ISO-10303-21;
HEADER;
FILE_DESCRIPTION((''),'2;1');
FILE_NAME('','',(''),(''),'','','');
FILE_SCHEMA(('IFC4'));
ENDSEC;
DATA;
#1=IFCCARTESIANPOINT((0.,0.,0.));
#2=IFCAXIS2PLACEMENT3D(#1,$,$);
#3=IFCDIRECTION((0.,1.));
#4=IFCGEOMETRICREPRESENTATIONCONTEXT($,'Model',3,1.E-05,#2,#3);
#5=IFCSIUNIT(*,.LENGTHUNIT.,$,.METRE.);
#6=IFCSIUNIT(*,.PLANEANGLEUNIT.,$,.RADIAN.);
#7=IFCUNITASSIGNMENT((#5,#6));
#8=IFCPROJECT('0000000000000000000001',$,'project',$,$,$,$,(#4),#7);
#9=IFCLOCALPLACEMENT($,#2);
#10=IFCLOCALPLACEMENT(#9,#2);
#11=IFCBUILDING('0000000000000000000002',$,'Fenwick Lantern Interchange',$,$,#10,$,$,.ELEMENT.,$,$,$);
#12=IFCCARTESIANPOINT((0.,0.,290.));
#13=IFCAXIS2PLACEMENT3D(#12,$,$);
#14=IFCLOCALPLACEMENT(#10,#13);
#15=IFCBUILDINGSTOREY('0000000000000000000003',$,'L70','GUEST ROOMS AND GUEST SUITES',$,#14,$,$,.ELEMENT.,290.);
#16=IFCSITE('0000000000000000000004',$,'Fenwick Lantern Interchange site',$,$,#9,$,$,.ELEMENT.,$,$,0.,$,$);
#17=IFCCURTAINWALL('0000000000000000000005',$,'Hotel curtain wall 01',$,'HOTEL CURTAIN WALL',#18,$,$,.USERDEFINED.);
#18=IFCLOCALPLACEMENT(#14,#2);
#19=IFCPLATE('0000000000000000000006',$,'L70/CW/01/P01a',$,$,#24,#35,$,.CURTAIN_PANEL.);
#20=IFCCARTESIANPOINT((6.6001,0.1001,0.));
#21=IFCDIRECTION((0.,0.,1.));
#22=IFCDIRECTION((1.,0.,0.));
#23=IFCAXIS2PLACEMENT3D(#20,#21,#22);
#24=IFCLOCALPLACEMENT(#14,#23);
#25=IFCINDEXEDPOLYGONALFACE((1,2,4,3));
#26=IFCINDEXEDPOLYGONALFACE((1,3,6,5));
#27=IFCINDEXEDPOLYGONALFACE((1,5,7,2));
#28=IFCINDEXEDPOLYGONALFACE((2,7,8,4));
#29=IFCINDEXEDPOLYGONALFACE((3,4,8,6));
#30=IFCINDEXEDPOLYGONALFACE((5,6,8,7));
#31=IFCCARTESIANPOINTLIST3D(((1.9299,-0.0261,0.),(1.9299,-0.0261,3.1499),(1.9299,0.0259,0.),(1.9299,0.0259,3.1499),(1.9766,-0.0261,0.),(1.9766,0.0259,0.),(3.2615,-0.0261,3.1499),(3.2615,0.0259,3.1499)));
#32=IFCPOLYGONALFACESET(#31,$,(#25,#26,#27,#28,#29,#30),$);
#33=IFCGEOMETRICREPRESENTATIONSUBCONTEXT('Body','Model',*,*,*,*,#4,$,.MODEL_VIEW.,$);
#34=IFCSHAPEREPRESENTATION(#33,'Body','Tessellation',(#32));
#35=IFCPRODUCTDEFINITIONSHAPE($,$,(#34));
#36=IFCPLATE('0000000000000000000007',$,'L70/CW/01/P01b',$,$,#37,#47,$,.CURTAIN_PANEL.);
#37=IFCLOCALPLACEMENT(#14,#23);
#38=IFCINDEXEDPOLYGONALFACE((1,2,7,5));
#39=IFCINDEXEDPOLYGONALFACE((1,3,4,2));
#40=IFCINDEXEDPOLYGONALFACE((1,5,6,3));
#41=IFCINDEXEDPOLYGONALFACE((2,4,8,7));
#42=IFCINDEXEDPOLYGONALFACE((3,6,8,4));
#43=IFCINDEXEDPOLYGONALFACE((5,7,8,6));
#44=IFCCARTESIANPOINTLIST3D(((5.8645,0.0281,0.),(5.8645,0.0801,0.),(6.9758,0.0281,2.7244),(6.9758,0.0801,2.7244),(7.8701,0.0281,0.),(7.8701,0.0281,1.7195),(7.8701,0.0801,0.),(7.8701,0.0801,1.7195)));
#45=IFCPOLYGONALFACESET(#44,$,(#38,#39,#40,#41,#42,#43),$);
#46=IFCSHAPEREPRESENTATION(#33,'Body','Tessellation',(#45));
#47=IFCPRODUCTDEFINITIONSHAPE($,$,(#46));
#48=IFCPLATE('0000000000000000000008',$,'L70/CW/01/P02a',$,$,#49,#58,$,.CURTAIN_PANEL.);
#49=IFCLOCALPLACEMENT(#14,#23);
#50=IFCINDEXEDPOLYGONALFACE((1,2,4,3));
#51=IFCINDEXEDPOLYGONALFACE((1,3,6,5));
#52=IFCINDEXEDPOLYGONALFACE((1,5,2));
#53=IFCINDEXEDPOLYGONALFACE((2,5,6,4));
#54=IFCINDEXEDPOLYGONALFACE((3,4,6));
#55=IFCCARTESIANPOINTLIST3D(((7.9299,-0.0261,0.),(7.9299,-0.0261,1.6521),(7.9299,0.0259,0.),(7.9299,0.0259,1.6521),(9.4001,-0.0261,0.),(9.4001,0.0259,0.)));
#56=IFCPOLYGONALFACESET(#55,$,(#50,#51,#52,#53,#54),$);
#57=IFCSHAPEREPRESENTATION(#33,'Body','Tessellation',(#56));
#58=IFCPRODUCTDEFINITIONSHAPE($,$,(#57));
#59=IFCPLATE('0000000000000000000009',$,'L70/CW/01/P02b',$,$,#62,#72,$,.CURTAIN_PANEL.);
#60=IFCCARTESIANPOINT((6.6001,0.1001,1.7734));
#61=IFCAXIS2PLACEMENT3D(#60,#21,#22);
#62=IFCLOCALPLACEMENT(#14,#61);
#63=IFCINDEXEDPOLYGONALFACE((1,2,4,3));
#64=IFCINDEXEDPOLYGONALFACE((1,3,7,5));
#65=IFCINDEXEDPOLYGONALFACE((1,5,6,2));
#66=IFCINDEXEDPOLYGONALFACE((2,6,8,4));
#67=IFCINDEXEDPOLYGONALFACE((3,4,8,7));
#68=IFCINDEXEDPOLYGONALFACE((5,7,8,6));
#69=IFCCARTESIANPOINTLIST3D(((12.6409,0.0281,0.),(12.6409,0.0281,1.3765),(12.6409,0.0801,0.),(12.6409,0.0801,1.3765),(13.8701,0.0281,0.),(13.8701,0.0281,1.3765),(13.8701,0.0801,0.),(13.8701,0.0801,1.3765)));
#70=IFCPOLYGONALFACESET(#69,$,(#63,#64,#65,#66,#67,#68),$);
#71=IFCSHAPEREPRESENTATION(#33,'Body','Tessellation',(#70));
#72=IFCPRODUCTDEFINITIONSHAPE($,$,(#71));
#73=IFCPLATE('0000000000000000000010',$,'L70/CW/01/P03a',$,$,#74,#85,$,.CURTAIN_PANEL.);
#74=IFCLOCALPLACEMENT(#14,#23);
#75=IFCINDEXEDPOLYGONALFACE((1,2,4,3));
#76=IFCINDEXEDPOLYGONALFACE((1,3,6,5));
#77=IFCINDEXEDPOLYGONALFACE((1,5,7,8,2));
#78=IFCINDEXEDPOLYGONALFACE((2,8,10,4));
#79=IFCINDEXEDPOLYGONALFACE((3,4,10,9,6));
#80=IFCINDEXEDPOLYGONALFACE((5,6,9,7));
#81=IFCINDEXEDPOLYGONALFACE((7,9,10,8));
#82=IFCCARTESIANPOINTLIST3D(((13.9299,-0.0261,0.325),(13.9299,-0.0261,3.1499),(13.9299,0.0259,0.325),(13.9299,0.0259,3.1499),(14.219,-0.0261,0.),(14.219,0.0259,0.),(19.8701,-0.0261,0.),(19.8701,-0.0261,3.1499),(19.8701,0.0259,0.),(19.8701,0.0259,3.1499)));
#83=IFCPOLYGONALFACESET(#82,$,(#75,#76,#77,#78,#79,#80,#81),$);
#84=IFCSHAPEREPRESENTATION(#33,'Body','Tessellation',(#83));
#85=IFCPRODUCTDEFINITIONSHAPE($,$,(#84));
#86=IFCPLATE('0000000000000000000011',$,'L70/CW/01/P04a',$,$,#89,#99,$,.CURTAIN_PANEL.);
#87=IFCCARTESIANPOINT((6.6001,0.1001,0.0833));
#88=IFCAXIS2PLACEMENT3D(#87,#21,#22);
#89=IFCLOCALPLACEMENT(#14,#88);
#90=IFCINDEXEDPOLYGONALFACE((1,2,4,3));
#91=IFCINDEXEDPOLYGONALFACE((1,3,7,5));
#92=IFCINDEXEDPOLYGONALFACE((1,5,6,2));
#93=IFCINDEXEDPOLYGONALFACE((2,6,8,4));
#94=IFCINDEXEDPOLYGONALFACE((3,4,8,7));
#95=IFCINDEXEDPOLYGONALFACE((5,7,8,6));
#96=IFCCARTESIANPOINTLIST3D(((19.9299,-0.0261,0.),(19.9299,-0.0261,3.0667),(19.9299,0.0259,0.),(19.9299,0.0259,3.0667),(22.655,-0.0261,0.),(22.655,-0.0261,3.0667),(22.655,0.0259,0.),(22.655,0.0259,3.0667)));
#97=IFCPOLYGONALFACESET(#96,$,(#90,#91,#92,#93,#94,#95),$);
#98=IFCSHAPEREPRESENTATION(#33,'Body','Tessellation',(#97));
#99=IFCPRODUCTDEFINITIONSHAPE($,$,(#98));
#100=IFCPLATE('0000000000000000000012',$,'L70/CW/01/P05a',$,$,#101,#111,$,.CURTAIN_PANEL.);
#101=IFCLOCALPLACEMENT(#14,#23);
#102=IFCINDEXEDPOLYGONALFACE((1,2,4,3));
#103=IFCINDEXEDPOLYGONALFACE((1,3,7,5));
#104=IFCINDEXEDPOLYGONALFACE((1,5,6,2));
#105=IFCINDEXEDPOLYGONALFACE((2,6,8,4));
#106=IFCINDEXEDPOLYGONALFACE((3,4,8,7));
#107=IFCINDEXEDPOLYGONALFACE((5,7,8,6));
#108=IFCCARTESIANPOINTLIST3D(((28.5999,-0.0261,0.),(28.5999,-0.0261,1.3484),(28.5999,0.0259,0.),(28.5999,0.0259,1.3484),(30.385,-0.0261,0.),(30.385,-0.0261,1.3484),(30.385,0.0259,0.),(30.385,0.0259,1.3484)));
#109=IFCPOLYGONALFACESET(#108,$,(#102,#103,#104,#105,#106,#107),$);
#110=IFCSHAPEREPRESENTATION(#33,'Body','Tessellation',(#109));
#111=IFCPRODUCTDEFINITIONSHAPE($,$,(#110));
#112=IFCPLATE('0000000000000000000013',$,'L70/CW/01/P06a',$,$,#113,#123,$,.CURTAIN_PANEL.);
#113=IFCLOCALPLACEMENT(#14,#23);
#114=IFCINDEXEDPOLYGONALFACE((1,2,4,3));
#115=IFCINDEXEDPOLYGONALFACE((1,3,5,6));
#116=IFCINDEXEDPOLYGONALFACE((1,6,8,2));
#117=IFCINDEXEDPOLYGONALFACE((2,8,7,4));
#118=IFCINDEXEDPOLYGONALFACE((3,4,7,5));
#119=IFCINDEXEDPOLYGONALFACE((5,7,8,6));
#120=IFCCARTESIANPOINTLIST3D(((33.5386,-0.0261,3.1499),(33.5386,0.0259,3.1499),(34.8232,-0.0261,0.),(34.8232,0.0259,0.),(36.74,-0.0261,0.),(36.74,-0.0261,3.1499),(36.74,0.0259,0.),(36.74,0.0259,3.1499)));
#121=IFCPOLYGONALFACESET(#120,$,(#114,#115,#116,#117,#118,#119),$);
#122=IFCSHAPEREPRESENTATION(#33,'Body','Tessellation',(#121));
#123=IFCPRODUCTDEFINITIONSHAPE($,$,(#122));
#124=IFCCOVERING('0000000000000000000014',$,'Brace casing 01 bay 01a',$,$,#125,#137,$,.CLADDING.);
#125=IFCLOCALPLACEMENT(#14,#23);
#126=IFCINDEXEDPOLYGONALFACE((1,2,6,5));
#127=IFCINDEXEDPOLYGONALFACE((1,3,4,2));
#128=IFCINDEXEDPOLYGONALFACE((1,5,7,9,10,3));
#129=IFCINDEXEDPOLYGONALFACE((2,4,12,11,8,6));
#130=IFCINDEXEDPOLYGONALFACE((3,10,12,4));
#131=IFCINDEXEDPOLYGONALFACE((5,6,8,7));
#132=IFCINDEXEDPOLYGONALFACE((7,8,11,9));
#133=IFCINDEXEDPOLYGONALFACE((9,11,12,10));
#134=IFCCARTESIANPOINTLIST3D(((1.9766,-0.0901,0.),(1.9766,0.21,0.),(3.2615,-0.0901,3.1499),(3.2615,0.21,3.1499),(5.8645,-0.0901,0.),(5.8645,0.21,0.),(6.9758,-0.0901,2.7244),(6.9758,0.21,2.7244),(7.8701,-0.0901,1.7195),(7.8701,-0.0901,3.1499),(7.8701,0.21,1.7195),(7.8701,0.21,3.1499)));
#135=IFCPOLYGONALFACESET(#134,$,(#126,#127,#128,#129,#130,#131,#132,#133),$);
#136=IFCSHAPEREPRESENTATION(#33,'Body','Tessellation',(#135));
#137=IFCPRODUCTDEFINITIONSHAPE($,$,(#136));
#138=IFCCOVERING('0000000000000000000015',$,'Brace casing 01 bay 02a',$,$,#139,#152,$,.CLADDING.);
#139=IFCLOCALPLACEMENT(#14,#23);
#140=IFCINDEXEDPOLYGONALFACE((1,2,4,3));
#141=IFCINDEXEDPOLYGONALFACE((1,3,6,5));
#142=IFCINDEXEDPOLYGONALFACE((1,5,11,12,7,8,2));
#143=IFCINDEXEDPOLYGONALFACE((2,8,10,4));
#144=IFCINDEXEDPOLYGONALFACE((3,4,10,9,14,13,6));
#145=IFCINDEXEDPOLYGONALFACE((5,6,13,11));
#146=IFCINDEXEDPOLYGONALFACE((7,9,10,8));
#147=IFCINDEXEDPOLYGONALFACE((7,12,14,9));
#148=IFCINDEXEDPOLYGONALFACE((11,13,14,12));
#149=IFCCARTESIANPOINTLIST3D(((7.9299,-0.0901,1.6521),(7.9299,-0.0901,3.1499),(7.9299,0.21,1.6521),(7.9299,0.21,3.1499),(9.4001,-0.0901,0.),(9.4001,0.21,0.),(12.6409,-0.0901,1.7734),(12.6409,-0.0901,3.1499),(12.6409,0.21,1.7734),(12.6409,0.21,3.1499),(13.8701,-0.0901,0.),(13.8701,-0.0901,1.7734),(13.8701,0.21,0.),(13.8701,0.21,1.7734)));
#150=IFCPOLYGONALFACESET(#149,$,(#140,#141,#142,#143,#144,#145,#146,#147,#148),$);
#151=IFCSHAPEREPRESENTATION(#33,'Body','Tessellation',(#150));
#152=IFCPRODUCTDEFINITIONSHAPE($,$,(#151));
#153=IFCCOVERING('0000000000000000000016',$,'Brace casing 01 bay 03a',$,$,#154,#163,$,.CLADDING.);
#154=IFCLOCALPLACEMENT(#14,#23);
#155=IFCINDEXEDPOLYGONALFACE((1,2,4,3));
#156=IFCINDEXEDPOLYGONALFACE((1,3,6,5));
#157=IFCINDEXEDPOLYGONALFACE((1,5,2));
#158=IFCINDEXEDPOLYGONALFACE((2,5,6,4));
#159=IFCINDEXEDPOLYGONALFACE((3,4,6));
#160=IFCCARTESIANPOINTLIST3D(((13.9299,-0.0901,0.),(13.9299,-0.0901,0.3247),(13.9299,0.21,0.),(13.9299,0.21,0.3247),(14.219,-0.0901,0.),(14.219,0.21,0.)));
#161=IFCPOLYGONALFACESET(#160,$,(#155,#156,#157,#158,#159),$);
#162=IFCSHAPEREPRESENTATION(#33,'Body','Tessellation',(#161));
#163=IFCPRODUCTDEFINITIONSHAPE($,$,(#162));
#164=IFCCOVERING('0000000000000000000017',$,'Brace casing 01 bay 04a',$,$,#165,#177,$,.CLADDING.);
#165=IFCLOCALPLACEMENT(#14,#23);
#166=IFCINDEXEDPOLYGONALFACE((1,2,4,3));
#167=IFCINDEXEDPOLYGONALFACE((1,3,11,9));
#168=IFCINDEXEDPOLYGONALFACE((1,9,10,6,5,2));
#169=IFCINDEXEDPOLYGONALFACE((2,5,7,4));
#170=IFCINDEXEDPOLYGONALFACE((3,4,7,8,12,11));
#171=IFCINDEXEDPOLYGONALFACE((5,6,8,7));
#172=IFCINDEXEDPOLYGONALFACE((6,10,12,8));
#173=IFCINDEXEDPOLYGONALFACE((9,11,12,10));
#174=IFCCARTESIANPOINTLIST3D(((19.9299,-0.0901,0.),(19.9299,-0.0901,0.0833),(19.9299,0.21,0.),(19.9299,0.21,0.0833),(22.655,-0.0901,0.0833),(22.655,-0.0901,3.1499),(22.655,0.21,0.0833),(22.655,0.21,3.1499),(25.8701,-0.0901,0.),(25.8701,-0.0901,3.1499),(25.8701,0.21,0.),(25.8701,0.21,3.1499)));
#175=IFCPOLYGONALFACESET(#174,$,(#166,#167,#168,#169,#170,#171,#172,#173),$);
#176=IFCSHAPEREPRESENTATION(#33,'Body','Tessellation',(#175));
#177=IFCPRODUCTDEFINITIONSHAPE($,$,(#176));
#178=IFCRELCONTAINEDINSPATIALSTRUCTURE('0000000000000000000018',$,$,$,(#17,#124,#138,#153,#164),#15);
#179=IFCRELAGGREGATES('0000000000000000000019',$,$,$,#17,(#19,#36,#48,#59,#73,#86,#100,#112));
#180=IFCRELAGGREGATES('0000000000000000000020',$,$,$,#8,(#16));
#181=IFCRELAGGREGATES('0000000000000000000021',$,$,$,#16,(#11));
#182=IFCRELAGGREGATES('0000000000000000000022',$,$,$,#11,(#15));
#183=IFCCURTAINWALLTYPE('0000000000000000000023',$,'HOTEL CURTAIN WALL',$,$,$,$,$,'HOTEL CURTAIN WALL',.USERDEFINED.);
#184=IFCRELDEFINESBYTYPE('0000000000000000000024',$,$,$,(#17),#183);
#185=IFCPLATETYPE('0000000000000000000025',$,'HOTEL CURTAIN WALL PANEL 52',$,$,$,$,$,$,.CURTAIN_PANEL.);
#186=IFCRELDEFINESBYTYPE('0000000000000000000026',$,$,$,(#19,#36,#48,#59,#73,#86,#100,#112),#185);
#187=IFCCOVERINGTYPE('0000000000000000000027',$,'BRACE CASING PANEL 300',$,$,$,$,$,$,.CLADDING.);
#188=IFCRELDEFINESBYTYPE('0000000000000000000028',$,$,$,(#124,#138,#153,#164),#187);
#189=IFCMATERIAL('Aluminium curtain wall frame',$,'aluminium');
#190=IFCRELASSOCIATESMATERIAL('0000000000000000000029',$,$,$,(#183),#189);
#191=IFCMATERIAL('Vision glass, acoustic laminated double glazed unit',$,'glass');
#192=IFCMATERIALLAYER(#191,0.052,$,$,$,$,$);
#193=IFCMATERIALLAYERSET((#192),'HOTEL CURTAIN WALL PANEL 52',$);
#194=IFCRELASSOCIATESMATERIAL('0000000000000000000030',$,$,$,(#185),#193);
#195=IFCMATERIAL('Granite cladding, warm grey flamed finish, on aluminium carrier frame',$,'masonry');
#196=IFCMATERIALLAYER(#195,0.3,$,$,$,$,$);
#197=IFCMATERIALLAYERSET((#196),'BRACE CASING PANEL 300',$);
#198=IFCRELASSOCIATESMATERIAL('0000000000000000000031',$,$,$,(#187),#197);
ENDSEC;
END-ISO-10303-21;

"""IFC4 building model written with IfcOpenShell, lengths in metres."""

from ifc_helpers import new_model, si_unit, direction, frame, origin, place, context, subcontext, project, spatial, polyline, outline, extrude, material, layer, layer_set, type_object, element, aggregate, save


model = new_model("IFC4")

# Units and contexts
model_context = context("Model", 3, precision=1e-05, world=origin(), true_north=direction((0.0, 1.0)))
body_context = subcontext(model_context, "Body", "Model", "MODEL_VIEW")
ifc_project = project(units=[si_unit("LENGTHUNIT", "METRE"), si_unit("PLANEANGLEUNIT", "RADIAN")], contexts=[model_context])

# Site, building, storey
site_placement = place(None, origin())
site = spatial("IfcSite", under=ifc_project, at=site_placement, Name="Fenwick Lantern Interchange site", CompositionType="ELEMENT", RefElevation=0.0)
building_placement = place(site_placement, origin())
building = spatial("IfcBuilding", under=site, at=building_placement, Name="Fenwick Lantern Interchange", CompositionType="ELEMENT")
storey_placement = place(building_placement, frame((0.0, 0.0, 290.0)))
storey = spatial("IfcBuildingStorey", under=building, at=storey_placement, Name="L70", Description="GUEST ROOMS AND GUEST SUITES", CompositionType="ELEMENT", Elevation=290.0)

# Curtain wall
ifc_material_1 = material(Name="Aluminium curtain wall frame", Category="aluminium")
curtain_wall_type = type_object("IfcCurtainWallType", Name="HOTEL CURTAIN WALL", ElementType="HOTEL CURTAIN WALL", PredefinedType="USERDEFINED", material=ifc_material_1)
curtain_wall_1_placement = place(storey_placement, origin())
curtain_wall_1 = element("IfcCurtainWall", 1, at=curtain_wall_1_placement, inside=storey, type_object=curtain_wall_type, Name="Hotel curtain wall 01", ObjectType="HOTEL CURTAIN WALL", PredefinedType="USERDEFINED")

# Plates
ifc_material_2 = material(Name="Vision glass, acoustic laminated double glazed unit", Category="glass")
ifc_layer_1 = layer(ifc_material_2, 0.052)
ifc_layer_set_1 = layer_set([ifc_layer_1], Name="HOTEL CURTAIN WALL PANEL 52")
plate_type = type_object("IfcPlateType", Name="HOTEL CURTAIN WALL PANEL 52", PredefinedType="CURTAIN_PANEL", material=ifc_layer_set_1)
plate_1_placement = place(storey_placement, frame((6.6001, 0.1001, 0.0), z_axis=(0.0, 0.0, 1.0), x_axis=(1.0, 0.0, 0.0)))
plate_1 = element("IfcPlate", 2, at=plate_1_placement, type_object=plate_type, Name="L70/CW/01/P01a", PredefinedType="CURTAIN_PANEL", context=body_context, shape_type="SweptSolid", body=[
    extrude(outline(polyline([(1.9299, 0.0), (1.9766, 0.0), (3.2615, 3.1499), (1.9299, 3.1499), (1.9299, 0.0)])), frame((0.0, 0.0259, 0.0), z_axis=(0.0, -1.0, 0.0), x_axis=(1.0, 0.0, 0.0)), (0.0, 0.0, 1.0), 0.052),
])
plate_2_placement = place(storey_placement, frame((6.6001, 0.1001, 0.0), z_axis=(0.0, 0.0, 1.0), x_axis=(1.0, 0.0, 0.0)))
plate_2 = element("IfcPlate", 3, at=plate_2_placement, type_object=plate_type, Name="L70/CW/01/P01b", PredefinedType="CURTAIN_PANEL", context=body_context, shape_type="SweptSolid", body=[
    extrude(outline(polyline([(5.8645, 0.0), (7.8701, 0.0), (7.8701, 1.7195), (6.9758, 2.7244), (5.8645, 0.0)])), frame((0.0, 0.0801, 0.0), z_axis=(0.0, -1.0, 0.0), x_axis=(1.0, 0.0, 0.0)), (0.0, 0.0, 1.0), 0.052),
])
plate_3_placement = place(storey_placement, frame((6.6001, 0.1001, 0.0), z_axis=(0.0, 0.0, 1.0), x_axis=(1.0, 0.0, 0.0)))
plate_3 = element("IfcPlate", 4, at=plate_3_placement, type_object=plate_type, Name="L70/CW/01/P02a", PredefinedType="CURTAIN_PANEL", context=body_context, shape_type="SweptSolid", body=[
    extrude(outline(polyline([(7.9299, 0.0), (9.4001, 0.0), (7.9299, 1.6521), (7.9299, 0.0)])), frame((0.0, 0.0259, 0.0), z_axis=(0.0, -1.0, 0.0), x_axis=(1.0, 0.0, 0.0)), (0.0, 0.0, 1.0), 0.052),
])
plate_4_placement = place(storey_placement, frame((6.6001, 0.1001, 1.7734), z_axis=(0.0, 0.0, 1.0), x_axis=(1.0, 0.0, 0.0)))
plate_4 = element("IfcPlate", 5, at=plate_4_placement, type_object=plate_type, Name="L70/CW/01/P02b", PredefinedType="CURTAIN_PANEL", context=body_context, shape_type="SweptSolid", body=[
    extrude(outline(polyline([(12.6409, 0.0), (13.8701, 0.0), (13.8701, 1.3765), (12.6409, 1.3765), (12.6409, 0.0)])), frame((0.0, 0.0801, 0.0), z_axis=(0.0, -1.0, 0.0), x_axis=(1.0, 0.0, 0.0)), (0.0, 0.0, 1.0), 0.052),
])
plate_5_placement = place(storey_placement, frame((6.6001, 0.1001, 0.0), z_axis=(0.0, 0.0, 1.0), x_axis=(1.0, 0.0, 0.0)))
plate_5 = element("IfcPlate", 6, at=plate_5_placement, type_object=plate_type, Name="L70/CW/01/P03a", PredefinedType="CURTAIN_PANEL", context=body_context, shape_type="SweptSolid", body=[
    extrude(outline(polyline([(14.219, 0.0), (19.8701, 0.0), (19.8701, 3.1499), (13.9299, 3.1499), (13.9299, 0.325), (14.219, 0.0)])), frame((0.0, 0.0259, 0.0), z_axis=(0.0, -1.0, 0.0), x_axis=(1.0, 0.0, 0.0)), (0.0, 0.0, 1.0), 0.052),
])
plate_6_placement = place(storey_placement, frame((6.6001, 0.1001, 0.0833), z_axis=(0.0, 0.0, 1.0), x_axis=(1.0, 0.0, 0.0)))
plate_6 = element("IfcPlate", 7, at=plate_6_placement, type_object=plate_type, Name="L70/CW/01/P04a", PredefinedType="CURTAIN_PANEL", context=body_context, shape_type="SweptSolid", body=[
    extrude(outline(polyline([(19.9299, 0.0), (22.655, 0.0), (22.655, 3.0667), (19.9299, 3.0667), (19.9299, 0.0)])), frame((0.0, 0.0259, 0.0), z_axis=(0.0, -1.0, 0.0), x_axis=(1.0, 0.0, 0.0)), (0.0, 0.0, 1.0), 0.052),
])
plate_7_placement = place(storey_placement, frame((6.6001, 0.1001, 0.0), z_axis=(0.0, 0.0, 1.0), x_axis=(1.0, 0.0, 0.0)))
plate_7 = element("IfcPlate", 8, at=plate_7_placement, type_object=plate_type, Name="L70/CW/01/P05a", PredefinedType="CURTAIN_PANEL", context=body_context, shape_type="SweptSolid", body=[
    extrude(outline(polyline([(28.5999, 0.0), (30.385, 0.0), (30.385, 1.3484), (28.5999, 1.3484), (28.5999, 0.0)])), frame((0.0, 0.0259, 0.0), z_axis=(0.0, -1.0, 0.0), x_axis=(1.0, 0.0, 0.0)), (0.0, 0.0, 1.0), 0.052),
])
plate_8_placement = place(storey_placement, frame((6.6001, 0.1001, 0.0), z_axis=(0.0, 0.0, 1.0), x_axis=(1.0, 0.0, 0.0)))
plate_8 = element("IfcPlate", 9, at=plate_8_placement, type_object=plate_type, Name="L70/CW/01/P06a", PredefinedType="CURTAIN_PANEL", context=body_context, shape_type="SweptSolid", body=[
    extrude(outline(polyline([(34.8232, 0.0), (36.74, 0.0), (36.74, 3.1499), (33.5386, 3.1499), (34.8232, 0.0)])), frame((0.0, 0.0259, 0.0), z_axis=(0.0, -1.0, 0.0), x_axis=(1.0, 0.0, 0.0)), (0.0, 0.0, 1.0), 0.052),
])
aggregate(curtain_wall_1, [plate_1, plate_2, plate_3, plate_4, plate_5, plate_6, plate_7, plate_8])

# Coverings
ifc_material_3 = material(Name="Granite cladding, warm grey flamed finish, on aluminium carrier frame", Category="masonry")
ifc_layer_2 = layer(ifc_material_3, 0.3)
ifc_layer_set_2 = layer_set([ifc_layer_2], Name="BRACE CASING PANEL 300")
covering_type_1 = type_object("IfcCoveringType", Name="BRACE CASING PANEL 300", PredefinedType="CLADDING", material=ifc_layer_set_2)
covering_1_placement = place(storey_placement, frame((6.6001, 0.1001, 0.0), z_axis=(0.0, 0.0, 1.0), x_axis=(1.0, 0.0, 0.0)))
element("IfcCovering", 10, at=covering_1_placement, inside=storey, type_object=covering_type_1, Name="Brace casing 01 bay 01a", PredefinedType="CLADDING", context=body_context, shape_type="SweptSolid", body=[
    extrude(outline(polyline([(1.9766, 0.0), (5.8645, 0.0), (6.9758, 2.7244), (7.8701, 1.7195), (7.8701, 3.1499), (3.2615, 3.1499), (1.9766, 0.0)])), frame((0.0, 0.21, 0.0), z_axis=(0.0, -1.0, 0.0), x_axis=(1.0, 0.0, 0.0)), (0.0, 0.0, 1.0), 0.3),
])
covering_2_placement = place(storey_placement, frame((6.6001, 0.1001, 0.0), z_axis=(0.0, 0.0, 1.0), x_axis=(1.0, 0.0, 0.0)))
element("IfcCovering", 11, at=covering_2_placement, inside=storey, type_object=covering_type_1, Name="Brace casing 01 bay 02a", PredefinedType="CLADDING", context=body_context, shape_type="SweptSolid", body=[
    extrude(outline(polyline([(9.4001, 0.0), (13.8701, 0.0), (13.8701, 1.7734), (12.6409, 1.7734), (12.6409, 3.1499), (7.9299, 3.1499), (7.9299, 1.6521), (9.4001, 0.0)])), frame((0.0, 0.21, 0.0), z_axis=(0.0, -1.0, 0.0), x_axis=(1.0, 0.0, 0.0)), (0.0, 0.0, 1.0), 0.3),
])
covering_3_placement = place(storey_placement, frame((6.6001, 0.1001, 0.0), z_axis=(0.0, 0.0, 1.0), x_axis=(1.0, 0.0, 0.0)))
element("IfcCovering", 12, at=covering_3_placement, inside=storey, type_object=covering_type_1, Name="Brace casing 01 bay 03a", PredefinedType="CLADDING", context=body_context, shape_type="SweptSolid", body=[
    extrude(outline(polyline([(13.9299, 0.0), (14.219, 0.0), (13.9299, 0.3247), (13.9299, 0.0)])), frame((0.0, 0.21, 0.0), z_axis=(0.0, -1.0, 0.0), x_axis=(1.0, 0.0, 0.0)), (0.0, 0.0, 1.0), 0.3),
])
covering_4_placement = place(storey_placement, frame((6.6001, 0.1001, 0.0), z_axis=(0.0, 0.0, 1.0), x_axis=(1.0, 0.0, 0.0)))
element("IfcCovering", 13, at=covering_4_placement, inside=storey, type_object=covering_type_1, Name="Brace casing 01 bay 04a", PredefinedType="CLADDING", context=body_context, shape_type="SweptSolid", body=[
    extrude(outline(polyline([(19.9299, 0.0), (25.8701, 0.0), (25.8701, 3.1499), (22.655, 3.1499), (22.655, 0.0833), (19.9299, 0.0833), (19.9299, 0.0)])), frame((0.0, 0.21, 0.0), z_axis=(0.0, -1.0, 0.0), x_axis=(1.0, 0.0, 0.0)), (0.0, 0.0, 1.0), 0.3),
])

save(model, "model.ifc")
